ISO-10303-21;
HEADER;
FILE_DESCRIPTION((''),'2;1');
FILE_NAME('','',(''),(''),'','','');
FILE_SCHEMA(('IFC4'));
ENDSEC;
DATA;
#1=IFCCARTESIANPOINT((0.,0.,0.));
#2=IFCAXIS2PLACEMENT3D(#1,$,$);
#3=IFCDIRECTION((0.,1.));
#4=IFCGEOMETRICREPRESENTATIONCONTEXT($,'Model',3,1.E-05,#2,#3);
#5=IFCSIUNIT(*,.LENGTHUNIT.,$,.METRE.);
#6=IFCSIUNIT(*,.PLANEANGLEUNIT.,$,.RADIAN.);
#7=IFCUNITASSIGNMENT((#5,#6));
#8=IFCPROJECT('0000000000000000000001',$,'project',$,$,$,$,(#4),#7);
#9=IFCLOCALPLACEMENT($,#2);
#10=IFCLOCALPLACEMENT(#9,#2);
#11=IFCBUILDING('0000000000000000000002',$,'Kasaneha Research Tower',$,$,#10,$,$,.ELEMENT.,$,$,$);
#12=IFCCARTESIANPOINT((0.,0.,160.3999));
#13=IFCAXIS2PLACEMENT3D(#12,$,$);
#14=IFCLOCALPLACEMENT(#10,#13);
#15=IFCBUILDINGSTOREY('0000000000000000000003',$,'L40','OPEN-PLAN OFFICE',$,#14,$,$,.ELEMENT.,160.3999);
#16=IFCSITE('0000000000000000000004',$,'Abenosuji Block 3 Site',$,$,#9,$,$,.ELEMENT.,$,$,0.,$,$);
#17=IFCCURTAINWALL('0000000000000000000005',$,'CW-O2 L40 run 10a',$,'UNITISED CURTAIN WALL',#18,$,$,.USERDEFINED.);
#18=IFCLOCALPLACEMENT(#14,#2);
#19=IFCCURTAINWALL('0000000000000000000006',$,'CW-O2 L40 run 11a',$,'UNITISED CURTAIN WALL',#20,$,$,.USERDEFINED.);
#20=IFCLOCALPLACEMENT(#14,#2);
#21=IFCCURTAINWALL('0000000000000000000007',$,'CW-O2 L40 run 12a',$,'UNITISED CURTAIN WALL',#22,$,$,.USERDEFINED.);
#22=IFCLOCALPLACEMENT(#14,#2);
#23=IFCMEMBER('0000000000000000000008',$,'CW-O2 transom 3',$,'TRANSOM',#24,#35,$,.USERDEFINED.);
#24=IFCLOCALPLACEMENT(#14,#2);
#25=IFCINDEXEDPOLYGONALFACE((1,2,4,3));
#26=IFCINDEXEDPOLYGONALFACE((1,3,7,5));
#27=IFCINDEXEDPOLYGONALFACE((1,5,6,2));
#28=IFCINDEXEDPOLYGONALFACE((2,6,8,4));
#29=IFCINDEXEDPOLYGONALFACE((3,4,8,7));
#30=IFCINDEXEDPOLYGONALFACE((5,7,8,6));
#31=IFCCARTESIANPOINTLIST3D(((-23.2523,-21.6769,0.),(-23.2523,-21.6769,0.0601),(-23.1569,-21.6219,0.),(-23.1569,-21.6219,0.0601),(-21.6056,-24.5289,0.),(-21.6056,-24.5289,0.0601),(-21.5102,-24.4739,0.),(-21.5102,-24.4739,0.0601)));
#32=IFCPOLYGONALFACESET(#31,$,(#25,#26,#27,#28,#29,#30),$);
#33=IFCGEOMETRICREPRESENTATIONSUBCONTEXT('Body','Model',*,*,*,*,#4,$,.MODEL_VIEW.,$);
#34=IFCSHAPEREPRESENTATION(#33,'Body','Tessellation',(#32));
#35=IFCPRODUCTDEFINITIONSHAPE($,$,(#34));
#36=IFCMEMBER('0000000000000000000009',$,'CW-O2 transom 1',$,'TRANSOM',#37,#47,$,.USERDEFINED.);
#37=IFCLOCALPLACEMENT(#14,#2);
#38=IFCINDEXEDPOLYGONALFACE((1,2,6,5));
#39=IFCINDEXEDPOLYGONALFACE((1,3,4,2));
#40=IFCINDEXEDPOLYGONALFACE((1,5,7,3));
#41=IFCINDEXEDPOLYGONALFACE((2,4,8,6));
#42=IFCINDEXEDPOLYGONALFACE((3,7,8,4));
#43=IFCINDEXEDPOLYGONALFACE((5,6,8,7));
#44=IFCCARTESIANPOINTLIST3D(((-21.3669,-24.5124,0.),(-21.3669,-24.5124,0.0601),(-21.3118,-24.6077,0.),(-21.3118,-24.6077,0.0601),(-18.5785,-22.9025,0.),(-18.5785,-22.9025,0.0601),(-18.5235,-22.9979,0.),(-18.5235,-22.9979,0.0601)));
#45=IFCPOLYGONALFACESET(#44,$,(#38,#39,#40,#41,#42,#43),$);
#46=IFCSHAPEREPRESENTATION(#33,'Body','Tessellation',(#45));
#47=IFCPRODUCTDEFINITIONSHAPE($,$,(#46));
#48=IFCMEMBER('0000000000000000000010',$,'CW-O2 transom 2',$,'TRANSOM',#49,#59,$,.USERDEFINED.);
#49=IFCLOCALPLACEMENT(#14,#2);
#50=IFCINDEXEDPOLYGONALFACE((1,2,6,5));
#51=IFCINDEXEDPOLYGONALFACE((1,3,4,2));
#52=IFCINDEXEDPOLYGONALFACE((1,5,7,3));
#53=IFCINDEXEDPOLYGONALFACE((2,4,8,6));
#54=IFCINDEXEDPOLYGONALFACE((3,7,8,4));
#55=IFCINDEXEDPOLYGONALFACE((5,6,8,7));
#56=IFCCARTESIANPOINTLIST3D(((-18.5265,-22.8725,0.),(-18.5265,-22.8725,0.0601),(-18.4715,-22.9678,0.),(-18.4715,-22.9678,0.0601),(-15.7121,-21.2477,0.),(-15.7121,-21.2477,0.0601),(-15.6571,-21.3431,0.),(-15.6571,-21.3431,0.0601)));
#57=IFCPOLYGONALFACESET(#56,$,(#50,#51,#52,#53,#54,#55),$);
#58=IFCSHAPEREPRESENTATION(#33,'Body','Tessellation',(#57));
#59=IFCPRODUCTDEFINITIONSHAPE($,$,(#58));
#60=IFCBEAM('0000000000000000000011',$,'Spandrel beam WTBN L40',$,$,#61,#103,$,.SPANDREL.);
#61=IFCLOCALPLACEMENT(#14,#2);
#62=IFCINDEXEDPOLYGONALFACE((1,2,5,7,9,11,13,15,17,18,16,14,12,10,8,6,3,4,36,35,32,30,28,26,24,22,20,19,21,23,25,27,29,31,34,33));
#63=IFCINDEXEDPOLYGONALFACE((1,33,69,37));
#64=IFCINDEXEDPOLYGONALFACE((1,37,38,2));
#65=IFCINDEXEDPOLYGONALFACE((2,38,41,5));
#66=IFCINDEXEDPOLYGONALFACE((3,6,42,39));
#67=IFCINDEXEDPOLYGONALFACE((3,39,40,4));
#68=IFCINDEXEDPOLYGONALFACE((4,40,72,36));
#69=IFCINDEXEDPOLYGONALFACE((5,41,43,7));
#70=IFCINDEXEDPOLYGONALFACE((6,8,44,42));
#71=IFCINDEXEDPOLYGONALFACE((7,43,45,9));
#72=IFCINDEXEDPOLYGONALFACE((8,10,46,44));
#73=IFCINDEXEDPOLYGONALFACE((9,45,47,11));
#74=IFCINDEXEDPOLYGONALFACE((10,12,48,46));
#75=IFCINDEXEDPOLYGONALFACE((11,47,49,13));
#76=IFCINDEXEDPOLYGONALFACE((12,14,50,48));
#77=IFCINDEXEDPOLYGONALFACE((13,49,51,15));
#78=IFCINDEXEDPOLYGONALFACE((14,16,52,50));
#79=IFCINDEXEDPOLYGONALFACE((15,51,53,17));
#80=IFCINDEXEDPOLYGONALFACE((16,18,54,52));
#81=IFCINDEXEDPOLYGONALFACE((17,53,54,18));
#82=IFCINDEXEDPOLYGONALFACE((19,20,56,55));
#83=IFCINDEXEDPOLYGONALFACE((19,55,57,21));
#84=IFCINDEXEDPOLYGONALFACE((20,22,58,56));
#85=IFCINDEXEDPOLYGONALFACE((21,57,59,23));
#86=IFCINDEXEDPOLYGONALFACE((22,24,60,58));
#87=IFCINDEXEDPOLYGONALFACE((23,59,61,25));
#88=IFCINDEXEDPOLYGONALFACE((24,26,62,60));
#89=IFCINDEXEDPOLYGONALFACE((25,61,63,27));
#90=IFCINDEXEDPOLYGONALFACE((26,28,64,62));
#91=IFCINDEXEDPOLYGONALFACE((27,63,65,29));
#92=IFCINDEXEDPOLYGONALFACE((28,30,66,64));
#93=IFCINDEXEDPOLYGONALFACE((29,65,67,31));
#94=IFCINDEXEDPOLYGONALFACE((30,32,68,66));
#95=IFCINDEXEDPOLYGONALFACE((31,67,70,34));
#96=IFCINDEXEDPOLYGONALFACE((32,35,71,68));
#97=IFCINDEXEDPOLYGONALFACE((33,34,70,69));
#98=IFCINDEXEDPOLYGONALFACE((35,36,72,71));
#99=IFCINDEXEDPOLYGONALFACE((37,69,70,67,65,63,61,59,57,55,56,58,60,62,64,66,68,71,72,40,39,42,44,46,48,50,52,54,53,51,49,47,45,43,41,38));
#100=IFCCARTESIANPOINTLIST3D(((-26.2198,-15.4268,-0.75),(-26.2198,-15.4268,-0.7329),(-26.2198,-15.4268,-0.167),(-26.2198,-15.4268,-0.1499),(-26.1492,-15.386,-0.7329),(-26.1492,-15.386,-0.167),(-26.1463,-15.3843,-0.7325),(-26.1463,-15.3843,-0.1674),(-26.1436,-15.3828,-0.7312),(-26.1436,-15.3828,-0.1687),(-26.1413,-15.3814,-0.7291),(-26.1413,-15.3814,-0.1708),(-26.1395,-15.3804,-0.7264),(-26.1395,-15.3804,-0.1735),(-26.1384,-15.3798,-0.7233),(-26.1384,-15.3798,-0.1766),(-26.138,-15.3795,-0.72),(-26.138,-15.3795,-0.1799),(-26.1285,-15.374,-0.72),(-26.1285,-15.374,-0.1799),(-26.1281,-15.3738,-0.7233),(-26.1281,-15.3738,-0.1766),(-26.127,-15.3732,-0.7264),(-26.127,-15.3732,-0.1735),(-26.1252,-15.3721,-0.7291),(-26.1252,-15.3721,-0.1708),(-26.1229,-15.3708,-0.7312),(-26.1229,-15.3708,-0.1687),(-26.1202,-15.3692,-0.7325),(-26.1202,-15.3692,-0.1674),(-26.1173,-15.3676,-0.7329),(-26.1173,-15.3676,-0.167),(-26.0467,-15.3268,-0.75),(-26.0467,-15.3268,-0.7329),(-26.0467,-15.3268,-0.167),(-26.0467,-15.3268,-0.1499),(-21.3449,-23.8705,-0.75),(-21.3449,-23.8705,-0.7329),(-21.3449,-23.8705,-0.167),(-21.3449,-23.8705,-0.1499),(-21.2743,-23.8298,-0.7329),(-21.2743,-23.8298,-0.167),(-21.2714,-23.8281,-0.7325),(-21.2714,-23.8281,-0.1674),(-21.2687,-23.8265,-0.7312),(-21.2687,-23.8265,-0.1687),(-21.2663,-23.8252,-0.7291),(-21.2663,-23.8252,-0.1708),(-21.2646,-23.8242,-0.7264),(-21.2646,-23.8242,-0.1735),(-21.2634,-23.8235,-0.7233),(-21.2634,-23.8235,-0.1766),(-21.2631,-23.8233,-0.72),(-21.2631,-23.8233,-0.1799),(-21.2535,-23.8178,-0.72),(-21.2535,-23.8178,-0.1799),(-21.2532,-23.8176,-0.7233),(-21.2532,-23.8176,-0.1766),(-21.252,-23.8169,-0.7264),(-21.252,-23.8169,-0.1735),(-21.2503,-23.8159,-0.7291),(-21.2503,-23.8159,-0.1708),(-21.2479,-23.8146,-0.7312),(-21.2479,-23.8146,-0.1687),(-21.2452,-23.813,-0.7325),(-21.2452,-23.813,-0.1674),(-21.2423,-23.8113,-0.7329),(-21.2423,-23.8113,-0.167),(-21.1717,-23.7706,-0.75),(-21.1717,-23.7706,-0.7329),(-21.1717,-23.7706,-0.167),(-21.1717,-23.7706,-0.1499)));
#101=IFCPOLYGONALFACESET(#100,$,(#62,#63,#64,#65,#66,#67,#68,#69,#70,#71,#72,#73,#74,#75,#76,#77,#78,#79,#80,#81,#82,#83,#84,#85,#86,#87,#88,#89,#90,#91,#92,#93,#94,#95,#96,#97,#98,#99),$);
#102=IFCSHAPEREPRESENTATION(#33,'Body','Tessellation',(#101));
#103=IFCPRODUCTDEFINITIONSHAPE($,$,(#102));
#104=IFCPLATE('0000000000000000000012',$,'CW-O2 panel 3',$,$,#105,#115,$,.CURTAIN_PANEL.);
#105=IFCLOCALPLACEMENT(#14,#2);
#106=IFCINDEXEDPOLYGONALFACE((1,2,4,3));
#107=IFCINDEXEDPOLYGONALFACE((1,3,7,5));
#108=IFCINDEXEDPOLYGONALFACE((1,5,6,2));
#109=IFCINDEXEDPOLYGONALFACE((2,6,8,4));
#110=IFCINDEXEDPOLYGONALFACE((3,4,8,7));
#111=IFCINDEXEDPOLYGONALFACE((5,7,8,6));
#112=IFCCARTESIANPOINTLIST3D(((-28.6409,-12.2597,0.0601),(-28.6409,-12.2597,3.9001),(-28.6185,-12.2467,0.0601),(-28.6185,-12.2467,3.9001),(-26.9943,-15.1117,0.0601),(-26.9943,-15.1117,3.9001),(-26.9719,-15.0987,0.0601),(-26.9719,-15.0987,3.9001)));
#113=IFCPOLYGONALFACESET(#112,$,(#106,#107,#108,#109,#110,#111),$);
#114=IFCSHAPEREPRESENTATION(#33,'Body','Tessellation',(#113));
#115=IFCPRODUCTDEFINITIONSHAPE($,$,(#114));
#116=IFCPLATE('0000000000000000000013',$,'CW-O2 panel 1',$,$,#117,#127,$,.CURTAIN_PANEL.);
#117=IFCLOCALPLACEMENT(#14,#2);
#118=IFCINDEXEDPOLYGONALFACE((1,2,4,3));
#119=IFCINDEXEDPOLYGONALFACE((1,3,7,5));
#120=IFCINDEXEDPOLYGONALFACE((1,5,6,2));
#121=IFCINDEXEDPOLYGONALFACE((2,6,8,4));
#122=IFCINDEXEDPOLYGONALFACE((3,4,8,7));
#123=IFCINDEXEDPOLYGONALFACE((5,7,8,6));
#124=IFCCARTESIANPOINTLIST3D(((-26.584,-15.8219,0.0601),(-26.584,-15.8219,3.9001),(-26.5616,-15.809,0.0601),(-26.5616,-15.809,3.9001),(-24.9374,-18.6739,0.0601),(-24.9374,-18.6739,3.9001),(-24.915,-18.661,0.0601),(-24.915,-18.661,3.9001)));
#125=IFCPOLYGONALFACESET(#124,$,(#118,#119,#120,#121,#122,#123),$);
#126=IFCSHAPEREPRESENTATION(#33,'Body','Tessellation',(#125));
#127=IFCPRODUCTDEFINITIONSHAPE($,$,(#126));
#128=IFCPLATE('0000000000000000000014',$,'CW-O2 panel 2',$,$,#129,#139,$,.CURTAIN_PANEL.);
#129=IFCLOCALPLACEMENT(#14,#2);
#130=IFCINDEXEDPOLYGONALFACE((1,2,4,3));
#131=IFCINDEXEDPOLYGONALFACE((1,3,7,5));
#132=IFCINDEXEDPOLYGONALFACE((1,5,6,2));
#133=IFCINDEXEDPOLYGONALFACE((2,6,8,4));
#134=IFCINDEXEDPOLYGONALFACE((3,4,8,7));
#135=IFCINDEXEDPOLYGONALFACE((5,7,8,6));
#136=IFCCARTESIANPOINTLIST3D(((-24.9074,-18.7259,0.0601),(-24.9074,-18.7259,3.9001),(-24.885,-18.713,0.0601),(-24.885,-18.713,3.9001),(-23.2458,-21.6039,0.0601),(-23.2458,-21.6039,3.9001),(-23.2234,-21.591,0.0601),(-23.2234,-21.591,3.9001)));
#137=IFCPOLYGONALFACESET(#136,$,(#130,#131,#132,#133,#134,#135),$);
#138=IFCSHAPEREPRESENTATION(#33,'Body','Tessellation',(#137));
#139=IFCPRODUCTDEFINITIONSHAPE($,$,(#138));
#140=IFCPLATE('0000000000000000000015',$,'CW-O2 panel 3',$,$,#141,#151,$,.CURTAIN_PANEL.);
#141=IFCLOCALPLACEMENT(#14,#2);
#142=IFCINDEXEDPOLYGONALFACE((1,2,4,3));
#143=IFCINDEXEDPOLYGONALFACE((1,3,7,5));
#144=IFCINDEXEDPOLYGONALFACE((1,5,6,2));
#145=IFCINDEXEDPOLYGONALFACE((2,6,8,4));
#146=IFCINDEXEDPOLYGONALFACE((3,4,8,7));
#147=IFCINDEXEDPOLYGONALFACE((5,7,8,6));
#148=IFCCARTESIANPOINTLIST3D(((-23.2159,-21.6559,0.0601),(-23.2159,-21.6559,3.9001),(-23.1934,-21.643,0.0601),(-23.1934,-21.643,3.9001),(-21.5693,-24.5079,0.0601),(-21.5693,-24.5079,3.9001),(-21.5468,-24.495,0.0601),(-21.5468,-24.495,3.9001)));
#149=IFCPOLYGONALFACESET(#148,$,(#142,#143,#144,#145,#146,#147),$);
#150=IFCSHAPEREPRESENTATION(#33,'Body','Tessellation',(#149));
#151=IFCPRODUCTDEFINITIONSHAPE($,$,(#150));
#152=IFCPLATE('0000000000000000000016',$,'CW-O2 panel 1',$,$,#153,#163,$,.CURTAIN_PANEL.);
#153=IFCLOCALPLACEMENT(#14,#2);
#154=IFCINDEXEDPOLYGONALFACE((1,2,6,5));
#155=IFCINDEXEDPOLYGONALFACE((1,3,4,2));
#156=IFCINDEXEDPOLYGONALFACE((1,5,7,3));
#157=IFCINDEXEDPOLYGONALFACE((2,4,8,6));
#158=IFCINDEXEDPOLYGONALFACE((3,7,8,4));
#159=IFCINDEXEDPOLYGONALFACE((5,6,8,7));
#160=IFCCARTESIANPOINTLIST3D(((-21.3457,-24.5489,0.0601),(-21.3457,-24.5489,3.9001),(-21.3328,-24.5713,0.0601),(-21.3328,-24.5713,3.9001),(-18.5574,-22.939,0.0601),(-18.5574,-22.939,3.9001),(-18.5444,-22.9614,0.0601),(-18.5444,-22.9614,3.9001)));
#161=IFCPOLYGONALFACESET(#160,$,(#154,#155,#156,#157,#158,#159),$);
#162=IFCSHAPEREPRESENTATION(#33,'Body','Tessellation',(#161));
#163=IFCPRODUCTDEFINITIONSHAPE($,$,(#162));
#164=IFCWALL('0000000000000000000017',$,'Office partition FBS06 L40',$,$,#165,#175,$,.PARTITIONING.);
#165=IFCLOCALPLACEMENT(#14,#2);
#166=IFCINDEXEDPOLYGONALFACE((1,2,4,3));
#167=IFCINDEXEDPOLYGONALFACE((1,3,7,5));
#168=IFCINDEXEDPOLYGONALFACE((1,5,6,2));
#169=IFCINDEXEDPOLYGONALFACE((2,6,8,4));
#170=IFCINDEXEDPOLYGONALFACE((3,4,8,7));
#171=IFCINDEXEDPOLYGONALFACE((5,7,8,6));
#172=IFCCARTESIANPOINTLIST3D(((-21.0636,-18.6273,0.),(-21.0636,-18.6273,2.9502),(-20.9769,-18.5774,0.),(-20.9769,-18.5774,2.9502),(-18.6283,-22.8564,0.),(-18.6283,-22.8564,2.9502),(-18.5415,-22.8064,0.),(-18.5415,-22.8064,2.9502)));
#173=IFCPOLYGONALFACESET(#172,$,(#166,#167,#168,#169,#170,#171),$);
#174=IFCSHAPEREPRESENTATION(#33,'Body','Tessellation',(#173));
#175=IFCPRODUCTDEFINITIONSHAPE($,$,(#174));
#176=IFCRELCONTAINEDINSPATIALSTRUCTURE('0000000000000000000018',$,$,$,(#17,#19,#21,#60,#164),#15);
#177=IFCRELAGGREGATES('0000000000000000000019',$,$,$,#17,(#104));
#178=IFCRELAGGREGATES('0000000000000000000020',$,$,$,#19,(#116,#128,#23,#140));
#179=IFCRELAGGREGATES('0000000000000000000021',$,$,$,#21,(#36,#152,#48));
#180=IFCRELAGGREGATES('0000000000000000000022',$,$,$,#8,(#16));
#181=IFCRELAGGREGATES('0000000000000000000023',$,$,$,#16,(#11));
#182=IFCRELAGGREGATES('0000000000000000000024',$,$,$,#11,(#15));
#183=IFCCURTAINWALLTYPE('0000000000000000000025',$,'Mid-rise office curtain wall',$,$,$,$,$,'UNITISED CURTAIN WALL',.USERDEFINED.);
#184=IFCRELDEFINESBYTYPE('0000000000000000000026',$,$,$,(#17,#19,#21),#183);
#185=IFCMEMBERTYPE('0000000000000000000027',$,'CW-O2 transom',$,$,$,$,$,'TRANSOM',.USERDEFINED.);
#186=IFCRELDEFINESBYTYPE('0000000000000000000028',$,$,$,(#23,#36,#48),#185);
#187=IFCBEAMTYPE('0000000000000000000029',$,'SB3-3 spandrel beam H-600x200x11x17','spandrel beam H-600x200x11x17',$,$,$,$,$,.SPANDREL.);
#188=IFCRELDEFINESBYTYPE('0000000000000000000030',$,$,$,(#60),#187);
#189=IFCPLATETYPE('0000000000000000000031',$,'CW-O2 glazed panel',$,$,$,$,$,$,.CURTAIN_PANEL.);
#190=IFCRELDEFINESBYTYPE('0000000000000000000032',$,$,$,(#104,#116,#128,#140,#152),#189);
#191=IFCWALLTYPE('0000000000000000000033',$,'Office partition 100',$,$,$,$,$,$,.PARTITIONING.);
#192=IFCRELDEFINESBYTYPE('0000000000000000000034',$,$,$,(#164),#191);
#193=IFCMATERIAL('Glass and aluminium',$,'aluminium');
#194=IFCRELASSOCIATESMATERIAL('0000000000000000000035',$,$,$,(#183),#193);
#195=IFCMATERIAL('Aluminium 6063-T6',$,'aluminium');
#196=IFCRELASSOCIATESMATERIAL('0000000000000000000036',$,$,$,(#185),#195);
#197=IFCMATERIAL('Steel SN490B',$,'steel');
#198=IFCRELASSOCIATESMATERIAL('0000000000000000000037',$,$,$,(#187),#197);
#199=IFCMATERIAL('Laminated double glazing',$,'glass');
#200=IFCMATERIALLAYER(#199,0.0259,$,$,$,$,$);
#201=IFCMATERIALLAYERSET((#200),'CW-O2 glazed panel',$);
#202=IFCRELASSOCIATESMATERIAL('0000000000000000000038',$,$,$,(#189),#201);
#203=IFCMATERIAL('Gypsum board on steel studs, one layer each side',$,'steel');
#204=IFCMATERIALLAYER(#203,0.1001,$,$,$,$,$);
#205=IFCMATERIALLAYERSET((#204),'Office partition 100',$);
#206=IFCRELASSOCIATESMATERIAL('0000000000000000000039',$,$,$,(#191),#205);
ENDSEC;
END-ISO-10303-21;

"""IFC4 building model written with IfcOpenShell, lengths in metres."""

from ifc_helpers import new_model, si_unit, direction, frame, frame_2d, origin, origin_2d, place, context, subcontext, project, spatial, rectangle, i_section, extrude, material, layer, layer_set, material_profile, profile_set, type_object, element, aggregate, save


model = new_model("IFC4")

# Units and contexts
model_context = context("Model", 3, precision=1e-05, world=origin(), true_north=direction((0.0, 1.0)))
body_context = subcontext(model_context, "Body", "Model", "MODEL_VIEW")
ifc_project = project(units=[si_unit("LENGTHUNIT", "METRE"), si_unit("PLANEANGLEUNIT", "RADIAN")], contexts=[model_context])

# Site, building, storey
site_placement = place(None, origin())
site = spatial("IfcSite", under=ifc_project, at=site_placement, Name="Abenosuji Block 3 Site", CompositionType="ELEMENT", RefElevation=0.0)
building_placement = place(site_placement, origin())
building = spatial("IfcBuilding", under=site, at=building_placement, Name="Kasaneha Research Tower", CompositionType="ELEMENT")
storey_placement = place(building_placement, frame((0.0, 0.0, 160.3999)))
storey = spatial("IfcBuildingStorey", under=building, at=storey_placement, Name="L40", Description="OPEN-PLAN OFFICE", CompositionType="ELEMENT", Elevation=160.3999)

# Curtain wall
ifc_material_1 = material(Name="Glass and aluminium", Category="aluminium")
curtain_wall_type = type_object("IfcCurtainWallType", Name="Mid-rise office curtain wall", ElementType="UNITISED CURTAIN WALL", PredefinedType="USERDEFINED", material=ifc_material_1)
curtain_wall_1_placement = place(storey_placement, origin())
curtain_wall_1 = element("IfcCurtainWall", 1, at=curtain_wall_1_placement, inside=storey, type_object=curtain_wall_type, Name="CW-O2 L40 run 10a", ObjectType="UNITISED CURTAIN WALL", PredefinedType="USERDEFINED")

# Curtain walls
curtain_wall_2_placement = place(storey_placement, origin())
curtain_wall_2 = element("IfcCurtainWall", 2, at=curtain_wall_2_placement, inside=storey, type_object=curtain_wall_type, Name="CW-O2 L40 run 11a", ObjectType="UNITISED CURTAIN WALL", PredefinedType="USERDEFINED")
curtain_wall_3_placement = place(storey_placement, origin())
curtain_wall_3 = element("IfcCurtainWall", 3, at=curtain_wall_3_placement, inside=storey, type_object=curtain_wall_type, Name="CW-O2 L40 run 12a", ObjectType="UNITISED CURTAIN WALL", PredefinedType="USERDEFINED")

# Members
ifc_material_2 = material(Name="Aluminium 6063-T6", Category="aluminium")
ifc_material_profile_1 = material_profile(ifc_material_2, rectangle(XDim=0.1101, YDim=0.0601, at=origin_2d()), Name="CW-O2 transom 110x60")
ifc_profile_set_1 = profile_set([ifc_material_profile_1], Name="Aluminium 6063-T6")
member_type_1 = type_object("IfcMemberType", Name="CW-O2 transom", ElementType="TRANSOM", PredefinedType="USERDEFINED", material=ifc_profile_set_1)
member_1_placement = place(storey_placement, frame((-23.2046, -21.6494, 0.03), z_axis=(0.500022, -0.866013, 0.0), x_axis=(0.866013, 0.500022, 0.0)))
member_1 = element("IfcMember", 4, at=member_1_placement, type_object=member_type_1, Name="CW-O2 transom 3", ObjectType="TRANSOM", PredefinedType="USERDEFINED", context=body_context, shape_type="SweptSolid", body=[
    extrude(rectangle(XDim=0.1101, YDim=0.0601, at=origin_2d()), origin(), (0.0, 0.0, 1.0), 3.2932),
])
member_2_placement = place(storey_placement, frame((-21.3394, -24.5601, 0.03), z_axis=(0.866023, 0.500005, 0.0), x_axis=(-0.500005, 0.866023, 0.0)))
member_2 = element("IfcMember", 5, at=member_2_placement, type_object=member_type_1, Name="CW-O2 transom 1", ObjectType="TRANSOM", PredefinedType="USERDEFINED", context=body_context, shape_type="SweptSolid", body=[
    extrude(rectangle(XDim=0.1101, YDim=0.0601, at=origin_2d()), origin(), (0.0, 0.0, 1.0), 3.2197),
])
member_3_placement = place(storey_placement, frame((-18.499, -22.9202, 0.03), z_axis=(0.866048, 0.499961, 0.0), x_axis=(-0.499961, 0.866048, 0.0)))
member_3 = element("IfcMember", 6, at=member_3_placement, type_object=member_type_1, Name="CW-O2 transom 2", ObjectType="TRANSOM", PredefinedType="USERDEFINED", context=body_context, shape_type="SweptSolid", body=[
    extrude(rectangle(XDim=0.1101, YDim=0.0601, at=origin_2d()), origin(), (0.0, 0.0, 1.0), 3.2498),
])

# Beam
ifc_material_3 = material(Name="Steel SN490B", Category="steel")
ifc_material_profile_2 = material_profile(ifc_material_3, i_section(OverallWidth=0.2, OverallDepth=0.6001, WebThickness=0.011, FlangeThickness=0.0171, FilletRadius=0.0129, at=origin_2d()), Name="H-600x200x11x17")
ifc_profile_set_2 = profile_set([ifc_material_profile_2], Name="Steel SN490B")
beam_type_1 = type_object("IfcBeamType", Name="SB3-3 spandrel beam H-600x200x11x17", Description="spandrel beam H-600x200x11x17", PredefinedType="SPANDREL", material=ifc_profile_set_2)
beam_1_placement = place(storey_placement, frame((-21.2583, -23.8206, -0.45), z_axis=(-0.499996, 0.866028, 0.0), x_axis=(-0.866028, -0.499996, 0.0)))
element("IfcBeam", 7, at=beam_1_placement, inside=storey, type_object=beam_type_1, Name="Spandrel beam WTBN L40", PredefinedType="SPANDREL", context=body_context, shape_type="SweptSolid", body=[
    extrude(i_section(OverallWidth=0.2, OverallDepth=0.6001, WebThickness=0.011, FlangeThickness=0.0171, FilletRadius=0.0129, at=origin_2d()), origin(), (0.0, 0.0, 1.0), 9.75),
])

# Plates
ifc_material_4 = material(Name="Laminated double glazing", Category="glass")
ifc_layer_1 = layer(ifc_material_4, 0.0259)
ifc_layer_set_1 = layer_set([ifc_layer_1], Name="CW-O2 glazed panel")
plate_type = type_object("IfcPlateType", Name="CW-O2 glazed panel", PredefinedType="CURTAIN_PANEL", material=ifc_layer_set_1)
plate_1_placement = place(storey_placement, frame((-27.8064, -13.6792, 0.0601), z_axis=(0.0, 0.0, 1.0), x_axis=(0.5, -0.866025, 0.0)))
plate_1 = element("IfcPlate", 8, at=plate_1_placement, type_object=plate_type, Name="CW-O2 panel 3", PredefinedType="CURTAIN_PANEL", context=body_context, shape_type="SweptSolid", body=[
    extrude(rectangle(XDim=3.2932, YDim=0.0259, at=origin_2d()), origin(), (0.0, 0.0, 1.0), 3.8401),
])
aggregate(curtain_wall_1, [plate_1])
plate_2_placement = place(storey_placement, frame((-25.7495, -17.2415, 0.0601), z_axis=(0.0, 0.0, 1.0), x_axis=(0.5, -0.866025, 0.0)))
plate_2 = element("IfcPlate", 9, at=plate_2_placement, type_object=plate_type, Name="CW-O2 panel 1", PredefinedType="CURTAIN_PANEL", context=body_context, shape_type="SweptSolid", body=[
    extrude(rectangle(XDim=3.2932, YDim=0.0259, at=origin_2d()), origin(), (0.0, 0.0, 1.0), 3.8401),
])
plate_3_placement = place(storey_placement, frame((-24.0654, -20.1584, 0.0601), z_axis=(0.0, 0.0, 1.0), x_axis=(0.5, -0.866025, 0.0)))
plate_3 = element("IfcPlate", 10, at=plate_3_placement, type_object=plate_type, Name="CW-O2 panel 2", PredefinedType="CURTAIN_PANEL", context=body_context, shape_type="SweptSolid", body=[
    extrude(rectangle(XDim=3.3232, YDim=0.0259, at=origin_2d()), origin(), (0.0, 0.0, 1.0), 3.8401),
])
plate_4_placement = place(storey_placement, frame((-22.3813, -23.0754, 0.0601), z_axis=(0.0, 0.0, 1.0), x_axis=(0.5, -0.866025, 0.0)))
plate_4 = element("IfcPlate", 11, at=plate_4_placement, type_object=plate_type, Name="CW-O2 panel 3", PredefinedType="CURTAIN_PANEL", context=body_context, shape_type="SweptSolid", body=[
    extrude(rectangle(XDim=3.2932, YDim=0.0259, at=origin_2d()), origin(), (0.0, 0.0, 1.0), 3.8401),
])
aggregate(curtain_wall_2, [plate_2, plate_3, member_1, plate_4])
plate_5_placement = place(storey_placement, frame((-19.9451, -23.7551, 0.0601), z_axis=(0.0, 0.0, 1.0), x_axis=(0.866025, 0.5, 0.0)))
plate_5 = element("IfcPlate", 12, at=plate_5_placement, type_object=plate_type, Name="CW-O2 panel 1", PredefinedType="CURTAIN_PANEL", context=body_context, shape_type="SweptSolid", body=[
    extrude(rectangle(XDim=3.2197, YDim=0.0259, at=origin_2d()), origin(), (0.0, 0.0, 1.0), 3.8401),
])
aggregate(curtain_wall_3, [member_2, plate_5, member_3])

# Wall
ifc_material_5 = material(Name="Gypsum board on steel studs, one layer each side", Category="steel")
ifc_layer_2 = layer(ifc_material_5, 0.1001)
ifc_layer_set_2 = layer_set([ifc_layer_2], Name="Office partition 100")
wall_type = type_object("IfcWallType", Name="Office partition 100", PredefinedType="PARTITIONING", material=ifc_layer_set_2)
wall_1_placement = place(storey_placement, frame((-18.585, -22.8313, 0.0), z_axis=(0.0, 0.0, 1.0), x_axis=(-0.499029, 0.866585, 0.0)))
element("IfcWall", 13, at=wall_1_placement, inside=storey, type_object=wall_type, Name="Office partition FBS06 L40", PredefinedType="PARTITIONING", context=body_context, shape_type="SweptSolid", body=[
    extrude(rectangle(XDim=4.8801, YDim=0.1001, at=frame_2d((2.4399, 0.0))), origin(), (0.0, 0.0, 1.0), 2.9502),
])

save(model, "model.ifc")
